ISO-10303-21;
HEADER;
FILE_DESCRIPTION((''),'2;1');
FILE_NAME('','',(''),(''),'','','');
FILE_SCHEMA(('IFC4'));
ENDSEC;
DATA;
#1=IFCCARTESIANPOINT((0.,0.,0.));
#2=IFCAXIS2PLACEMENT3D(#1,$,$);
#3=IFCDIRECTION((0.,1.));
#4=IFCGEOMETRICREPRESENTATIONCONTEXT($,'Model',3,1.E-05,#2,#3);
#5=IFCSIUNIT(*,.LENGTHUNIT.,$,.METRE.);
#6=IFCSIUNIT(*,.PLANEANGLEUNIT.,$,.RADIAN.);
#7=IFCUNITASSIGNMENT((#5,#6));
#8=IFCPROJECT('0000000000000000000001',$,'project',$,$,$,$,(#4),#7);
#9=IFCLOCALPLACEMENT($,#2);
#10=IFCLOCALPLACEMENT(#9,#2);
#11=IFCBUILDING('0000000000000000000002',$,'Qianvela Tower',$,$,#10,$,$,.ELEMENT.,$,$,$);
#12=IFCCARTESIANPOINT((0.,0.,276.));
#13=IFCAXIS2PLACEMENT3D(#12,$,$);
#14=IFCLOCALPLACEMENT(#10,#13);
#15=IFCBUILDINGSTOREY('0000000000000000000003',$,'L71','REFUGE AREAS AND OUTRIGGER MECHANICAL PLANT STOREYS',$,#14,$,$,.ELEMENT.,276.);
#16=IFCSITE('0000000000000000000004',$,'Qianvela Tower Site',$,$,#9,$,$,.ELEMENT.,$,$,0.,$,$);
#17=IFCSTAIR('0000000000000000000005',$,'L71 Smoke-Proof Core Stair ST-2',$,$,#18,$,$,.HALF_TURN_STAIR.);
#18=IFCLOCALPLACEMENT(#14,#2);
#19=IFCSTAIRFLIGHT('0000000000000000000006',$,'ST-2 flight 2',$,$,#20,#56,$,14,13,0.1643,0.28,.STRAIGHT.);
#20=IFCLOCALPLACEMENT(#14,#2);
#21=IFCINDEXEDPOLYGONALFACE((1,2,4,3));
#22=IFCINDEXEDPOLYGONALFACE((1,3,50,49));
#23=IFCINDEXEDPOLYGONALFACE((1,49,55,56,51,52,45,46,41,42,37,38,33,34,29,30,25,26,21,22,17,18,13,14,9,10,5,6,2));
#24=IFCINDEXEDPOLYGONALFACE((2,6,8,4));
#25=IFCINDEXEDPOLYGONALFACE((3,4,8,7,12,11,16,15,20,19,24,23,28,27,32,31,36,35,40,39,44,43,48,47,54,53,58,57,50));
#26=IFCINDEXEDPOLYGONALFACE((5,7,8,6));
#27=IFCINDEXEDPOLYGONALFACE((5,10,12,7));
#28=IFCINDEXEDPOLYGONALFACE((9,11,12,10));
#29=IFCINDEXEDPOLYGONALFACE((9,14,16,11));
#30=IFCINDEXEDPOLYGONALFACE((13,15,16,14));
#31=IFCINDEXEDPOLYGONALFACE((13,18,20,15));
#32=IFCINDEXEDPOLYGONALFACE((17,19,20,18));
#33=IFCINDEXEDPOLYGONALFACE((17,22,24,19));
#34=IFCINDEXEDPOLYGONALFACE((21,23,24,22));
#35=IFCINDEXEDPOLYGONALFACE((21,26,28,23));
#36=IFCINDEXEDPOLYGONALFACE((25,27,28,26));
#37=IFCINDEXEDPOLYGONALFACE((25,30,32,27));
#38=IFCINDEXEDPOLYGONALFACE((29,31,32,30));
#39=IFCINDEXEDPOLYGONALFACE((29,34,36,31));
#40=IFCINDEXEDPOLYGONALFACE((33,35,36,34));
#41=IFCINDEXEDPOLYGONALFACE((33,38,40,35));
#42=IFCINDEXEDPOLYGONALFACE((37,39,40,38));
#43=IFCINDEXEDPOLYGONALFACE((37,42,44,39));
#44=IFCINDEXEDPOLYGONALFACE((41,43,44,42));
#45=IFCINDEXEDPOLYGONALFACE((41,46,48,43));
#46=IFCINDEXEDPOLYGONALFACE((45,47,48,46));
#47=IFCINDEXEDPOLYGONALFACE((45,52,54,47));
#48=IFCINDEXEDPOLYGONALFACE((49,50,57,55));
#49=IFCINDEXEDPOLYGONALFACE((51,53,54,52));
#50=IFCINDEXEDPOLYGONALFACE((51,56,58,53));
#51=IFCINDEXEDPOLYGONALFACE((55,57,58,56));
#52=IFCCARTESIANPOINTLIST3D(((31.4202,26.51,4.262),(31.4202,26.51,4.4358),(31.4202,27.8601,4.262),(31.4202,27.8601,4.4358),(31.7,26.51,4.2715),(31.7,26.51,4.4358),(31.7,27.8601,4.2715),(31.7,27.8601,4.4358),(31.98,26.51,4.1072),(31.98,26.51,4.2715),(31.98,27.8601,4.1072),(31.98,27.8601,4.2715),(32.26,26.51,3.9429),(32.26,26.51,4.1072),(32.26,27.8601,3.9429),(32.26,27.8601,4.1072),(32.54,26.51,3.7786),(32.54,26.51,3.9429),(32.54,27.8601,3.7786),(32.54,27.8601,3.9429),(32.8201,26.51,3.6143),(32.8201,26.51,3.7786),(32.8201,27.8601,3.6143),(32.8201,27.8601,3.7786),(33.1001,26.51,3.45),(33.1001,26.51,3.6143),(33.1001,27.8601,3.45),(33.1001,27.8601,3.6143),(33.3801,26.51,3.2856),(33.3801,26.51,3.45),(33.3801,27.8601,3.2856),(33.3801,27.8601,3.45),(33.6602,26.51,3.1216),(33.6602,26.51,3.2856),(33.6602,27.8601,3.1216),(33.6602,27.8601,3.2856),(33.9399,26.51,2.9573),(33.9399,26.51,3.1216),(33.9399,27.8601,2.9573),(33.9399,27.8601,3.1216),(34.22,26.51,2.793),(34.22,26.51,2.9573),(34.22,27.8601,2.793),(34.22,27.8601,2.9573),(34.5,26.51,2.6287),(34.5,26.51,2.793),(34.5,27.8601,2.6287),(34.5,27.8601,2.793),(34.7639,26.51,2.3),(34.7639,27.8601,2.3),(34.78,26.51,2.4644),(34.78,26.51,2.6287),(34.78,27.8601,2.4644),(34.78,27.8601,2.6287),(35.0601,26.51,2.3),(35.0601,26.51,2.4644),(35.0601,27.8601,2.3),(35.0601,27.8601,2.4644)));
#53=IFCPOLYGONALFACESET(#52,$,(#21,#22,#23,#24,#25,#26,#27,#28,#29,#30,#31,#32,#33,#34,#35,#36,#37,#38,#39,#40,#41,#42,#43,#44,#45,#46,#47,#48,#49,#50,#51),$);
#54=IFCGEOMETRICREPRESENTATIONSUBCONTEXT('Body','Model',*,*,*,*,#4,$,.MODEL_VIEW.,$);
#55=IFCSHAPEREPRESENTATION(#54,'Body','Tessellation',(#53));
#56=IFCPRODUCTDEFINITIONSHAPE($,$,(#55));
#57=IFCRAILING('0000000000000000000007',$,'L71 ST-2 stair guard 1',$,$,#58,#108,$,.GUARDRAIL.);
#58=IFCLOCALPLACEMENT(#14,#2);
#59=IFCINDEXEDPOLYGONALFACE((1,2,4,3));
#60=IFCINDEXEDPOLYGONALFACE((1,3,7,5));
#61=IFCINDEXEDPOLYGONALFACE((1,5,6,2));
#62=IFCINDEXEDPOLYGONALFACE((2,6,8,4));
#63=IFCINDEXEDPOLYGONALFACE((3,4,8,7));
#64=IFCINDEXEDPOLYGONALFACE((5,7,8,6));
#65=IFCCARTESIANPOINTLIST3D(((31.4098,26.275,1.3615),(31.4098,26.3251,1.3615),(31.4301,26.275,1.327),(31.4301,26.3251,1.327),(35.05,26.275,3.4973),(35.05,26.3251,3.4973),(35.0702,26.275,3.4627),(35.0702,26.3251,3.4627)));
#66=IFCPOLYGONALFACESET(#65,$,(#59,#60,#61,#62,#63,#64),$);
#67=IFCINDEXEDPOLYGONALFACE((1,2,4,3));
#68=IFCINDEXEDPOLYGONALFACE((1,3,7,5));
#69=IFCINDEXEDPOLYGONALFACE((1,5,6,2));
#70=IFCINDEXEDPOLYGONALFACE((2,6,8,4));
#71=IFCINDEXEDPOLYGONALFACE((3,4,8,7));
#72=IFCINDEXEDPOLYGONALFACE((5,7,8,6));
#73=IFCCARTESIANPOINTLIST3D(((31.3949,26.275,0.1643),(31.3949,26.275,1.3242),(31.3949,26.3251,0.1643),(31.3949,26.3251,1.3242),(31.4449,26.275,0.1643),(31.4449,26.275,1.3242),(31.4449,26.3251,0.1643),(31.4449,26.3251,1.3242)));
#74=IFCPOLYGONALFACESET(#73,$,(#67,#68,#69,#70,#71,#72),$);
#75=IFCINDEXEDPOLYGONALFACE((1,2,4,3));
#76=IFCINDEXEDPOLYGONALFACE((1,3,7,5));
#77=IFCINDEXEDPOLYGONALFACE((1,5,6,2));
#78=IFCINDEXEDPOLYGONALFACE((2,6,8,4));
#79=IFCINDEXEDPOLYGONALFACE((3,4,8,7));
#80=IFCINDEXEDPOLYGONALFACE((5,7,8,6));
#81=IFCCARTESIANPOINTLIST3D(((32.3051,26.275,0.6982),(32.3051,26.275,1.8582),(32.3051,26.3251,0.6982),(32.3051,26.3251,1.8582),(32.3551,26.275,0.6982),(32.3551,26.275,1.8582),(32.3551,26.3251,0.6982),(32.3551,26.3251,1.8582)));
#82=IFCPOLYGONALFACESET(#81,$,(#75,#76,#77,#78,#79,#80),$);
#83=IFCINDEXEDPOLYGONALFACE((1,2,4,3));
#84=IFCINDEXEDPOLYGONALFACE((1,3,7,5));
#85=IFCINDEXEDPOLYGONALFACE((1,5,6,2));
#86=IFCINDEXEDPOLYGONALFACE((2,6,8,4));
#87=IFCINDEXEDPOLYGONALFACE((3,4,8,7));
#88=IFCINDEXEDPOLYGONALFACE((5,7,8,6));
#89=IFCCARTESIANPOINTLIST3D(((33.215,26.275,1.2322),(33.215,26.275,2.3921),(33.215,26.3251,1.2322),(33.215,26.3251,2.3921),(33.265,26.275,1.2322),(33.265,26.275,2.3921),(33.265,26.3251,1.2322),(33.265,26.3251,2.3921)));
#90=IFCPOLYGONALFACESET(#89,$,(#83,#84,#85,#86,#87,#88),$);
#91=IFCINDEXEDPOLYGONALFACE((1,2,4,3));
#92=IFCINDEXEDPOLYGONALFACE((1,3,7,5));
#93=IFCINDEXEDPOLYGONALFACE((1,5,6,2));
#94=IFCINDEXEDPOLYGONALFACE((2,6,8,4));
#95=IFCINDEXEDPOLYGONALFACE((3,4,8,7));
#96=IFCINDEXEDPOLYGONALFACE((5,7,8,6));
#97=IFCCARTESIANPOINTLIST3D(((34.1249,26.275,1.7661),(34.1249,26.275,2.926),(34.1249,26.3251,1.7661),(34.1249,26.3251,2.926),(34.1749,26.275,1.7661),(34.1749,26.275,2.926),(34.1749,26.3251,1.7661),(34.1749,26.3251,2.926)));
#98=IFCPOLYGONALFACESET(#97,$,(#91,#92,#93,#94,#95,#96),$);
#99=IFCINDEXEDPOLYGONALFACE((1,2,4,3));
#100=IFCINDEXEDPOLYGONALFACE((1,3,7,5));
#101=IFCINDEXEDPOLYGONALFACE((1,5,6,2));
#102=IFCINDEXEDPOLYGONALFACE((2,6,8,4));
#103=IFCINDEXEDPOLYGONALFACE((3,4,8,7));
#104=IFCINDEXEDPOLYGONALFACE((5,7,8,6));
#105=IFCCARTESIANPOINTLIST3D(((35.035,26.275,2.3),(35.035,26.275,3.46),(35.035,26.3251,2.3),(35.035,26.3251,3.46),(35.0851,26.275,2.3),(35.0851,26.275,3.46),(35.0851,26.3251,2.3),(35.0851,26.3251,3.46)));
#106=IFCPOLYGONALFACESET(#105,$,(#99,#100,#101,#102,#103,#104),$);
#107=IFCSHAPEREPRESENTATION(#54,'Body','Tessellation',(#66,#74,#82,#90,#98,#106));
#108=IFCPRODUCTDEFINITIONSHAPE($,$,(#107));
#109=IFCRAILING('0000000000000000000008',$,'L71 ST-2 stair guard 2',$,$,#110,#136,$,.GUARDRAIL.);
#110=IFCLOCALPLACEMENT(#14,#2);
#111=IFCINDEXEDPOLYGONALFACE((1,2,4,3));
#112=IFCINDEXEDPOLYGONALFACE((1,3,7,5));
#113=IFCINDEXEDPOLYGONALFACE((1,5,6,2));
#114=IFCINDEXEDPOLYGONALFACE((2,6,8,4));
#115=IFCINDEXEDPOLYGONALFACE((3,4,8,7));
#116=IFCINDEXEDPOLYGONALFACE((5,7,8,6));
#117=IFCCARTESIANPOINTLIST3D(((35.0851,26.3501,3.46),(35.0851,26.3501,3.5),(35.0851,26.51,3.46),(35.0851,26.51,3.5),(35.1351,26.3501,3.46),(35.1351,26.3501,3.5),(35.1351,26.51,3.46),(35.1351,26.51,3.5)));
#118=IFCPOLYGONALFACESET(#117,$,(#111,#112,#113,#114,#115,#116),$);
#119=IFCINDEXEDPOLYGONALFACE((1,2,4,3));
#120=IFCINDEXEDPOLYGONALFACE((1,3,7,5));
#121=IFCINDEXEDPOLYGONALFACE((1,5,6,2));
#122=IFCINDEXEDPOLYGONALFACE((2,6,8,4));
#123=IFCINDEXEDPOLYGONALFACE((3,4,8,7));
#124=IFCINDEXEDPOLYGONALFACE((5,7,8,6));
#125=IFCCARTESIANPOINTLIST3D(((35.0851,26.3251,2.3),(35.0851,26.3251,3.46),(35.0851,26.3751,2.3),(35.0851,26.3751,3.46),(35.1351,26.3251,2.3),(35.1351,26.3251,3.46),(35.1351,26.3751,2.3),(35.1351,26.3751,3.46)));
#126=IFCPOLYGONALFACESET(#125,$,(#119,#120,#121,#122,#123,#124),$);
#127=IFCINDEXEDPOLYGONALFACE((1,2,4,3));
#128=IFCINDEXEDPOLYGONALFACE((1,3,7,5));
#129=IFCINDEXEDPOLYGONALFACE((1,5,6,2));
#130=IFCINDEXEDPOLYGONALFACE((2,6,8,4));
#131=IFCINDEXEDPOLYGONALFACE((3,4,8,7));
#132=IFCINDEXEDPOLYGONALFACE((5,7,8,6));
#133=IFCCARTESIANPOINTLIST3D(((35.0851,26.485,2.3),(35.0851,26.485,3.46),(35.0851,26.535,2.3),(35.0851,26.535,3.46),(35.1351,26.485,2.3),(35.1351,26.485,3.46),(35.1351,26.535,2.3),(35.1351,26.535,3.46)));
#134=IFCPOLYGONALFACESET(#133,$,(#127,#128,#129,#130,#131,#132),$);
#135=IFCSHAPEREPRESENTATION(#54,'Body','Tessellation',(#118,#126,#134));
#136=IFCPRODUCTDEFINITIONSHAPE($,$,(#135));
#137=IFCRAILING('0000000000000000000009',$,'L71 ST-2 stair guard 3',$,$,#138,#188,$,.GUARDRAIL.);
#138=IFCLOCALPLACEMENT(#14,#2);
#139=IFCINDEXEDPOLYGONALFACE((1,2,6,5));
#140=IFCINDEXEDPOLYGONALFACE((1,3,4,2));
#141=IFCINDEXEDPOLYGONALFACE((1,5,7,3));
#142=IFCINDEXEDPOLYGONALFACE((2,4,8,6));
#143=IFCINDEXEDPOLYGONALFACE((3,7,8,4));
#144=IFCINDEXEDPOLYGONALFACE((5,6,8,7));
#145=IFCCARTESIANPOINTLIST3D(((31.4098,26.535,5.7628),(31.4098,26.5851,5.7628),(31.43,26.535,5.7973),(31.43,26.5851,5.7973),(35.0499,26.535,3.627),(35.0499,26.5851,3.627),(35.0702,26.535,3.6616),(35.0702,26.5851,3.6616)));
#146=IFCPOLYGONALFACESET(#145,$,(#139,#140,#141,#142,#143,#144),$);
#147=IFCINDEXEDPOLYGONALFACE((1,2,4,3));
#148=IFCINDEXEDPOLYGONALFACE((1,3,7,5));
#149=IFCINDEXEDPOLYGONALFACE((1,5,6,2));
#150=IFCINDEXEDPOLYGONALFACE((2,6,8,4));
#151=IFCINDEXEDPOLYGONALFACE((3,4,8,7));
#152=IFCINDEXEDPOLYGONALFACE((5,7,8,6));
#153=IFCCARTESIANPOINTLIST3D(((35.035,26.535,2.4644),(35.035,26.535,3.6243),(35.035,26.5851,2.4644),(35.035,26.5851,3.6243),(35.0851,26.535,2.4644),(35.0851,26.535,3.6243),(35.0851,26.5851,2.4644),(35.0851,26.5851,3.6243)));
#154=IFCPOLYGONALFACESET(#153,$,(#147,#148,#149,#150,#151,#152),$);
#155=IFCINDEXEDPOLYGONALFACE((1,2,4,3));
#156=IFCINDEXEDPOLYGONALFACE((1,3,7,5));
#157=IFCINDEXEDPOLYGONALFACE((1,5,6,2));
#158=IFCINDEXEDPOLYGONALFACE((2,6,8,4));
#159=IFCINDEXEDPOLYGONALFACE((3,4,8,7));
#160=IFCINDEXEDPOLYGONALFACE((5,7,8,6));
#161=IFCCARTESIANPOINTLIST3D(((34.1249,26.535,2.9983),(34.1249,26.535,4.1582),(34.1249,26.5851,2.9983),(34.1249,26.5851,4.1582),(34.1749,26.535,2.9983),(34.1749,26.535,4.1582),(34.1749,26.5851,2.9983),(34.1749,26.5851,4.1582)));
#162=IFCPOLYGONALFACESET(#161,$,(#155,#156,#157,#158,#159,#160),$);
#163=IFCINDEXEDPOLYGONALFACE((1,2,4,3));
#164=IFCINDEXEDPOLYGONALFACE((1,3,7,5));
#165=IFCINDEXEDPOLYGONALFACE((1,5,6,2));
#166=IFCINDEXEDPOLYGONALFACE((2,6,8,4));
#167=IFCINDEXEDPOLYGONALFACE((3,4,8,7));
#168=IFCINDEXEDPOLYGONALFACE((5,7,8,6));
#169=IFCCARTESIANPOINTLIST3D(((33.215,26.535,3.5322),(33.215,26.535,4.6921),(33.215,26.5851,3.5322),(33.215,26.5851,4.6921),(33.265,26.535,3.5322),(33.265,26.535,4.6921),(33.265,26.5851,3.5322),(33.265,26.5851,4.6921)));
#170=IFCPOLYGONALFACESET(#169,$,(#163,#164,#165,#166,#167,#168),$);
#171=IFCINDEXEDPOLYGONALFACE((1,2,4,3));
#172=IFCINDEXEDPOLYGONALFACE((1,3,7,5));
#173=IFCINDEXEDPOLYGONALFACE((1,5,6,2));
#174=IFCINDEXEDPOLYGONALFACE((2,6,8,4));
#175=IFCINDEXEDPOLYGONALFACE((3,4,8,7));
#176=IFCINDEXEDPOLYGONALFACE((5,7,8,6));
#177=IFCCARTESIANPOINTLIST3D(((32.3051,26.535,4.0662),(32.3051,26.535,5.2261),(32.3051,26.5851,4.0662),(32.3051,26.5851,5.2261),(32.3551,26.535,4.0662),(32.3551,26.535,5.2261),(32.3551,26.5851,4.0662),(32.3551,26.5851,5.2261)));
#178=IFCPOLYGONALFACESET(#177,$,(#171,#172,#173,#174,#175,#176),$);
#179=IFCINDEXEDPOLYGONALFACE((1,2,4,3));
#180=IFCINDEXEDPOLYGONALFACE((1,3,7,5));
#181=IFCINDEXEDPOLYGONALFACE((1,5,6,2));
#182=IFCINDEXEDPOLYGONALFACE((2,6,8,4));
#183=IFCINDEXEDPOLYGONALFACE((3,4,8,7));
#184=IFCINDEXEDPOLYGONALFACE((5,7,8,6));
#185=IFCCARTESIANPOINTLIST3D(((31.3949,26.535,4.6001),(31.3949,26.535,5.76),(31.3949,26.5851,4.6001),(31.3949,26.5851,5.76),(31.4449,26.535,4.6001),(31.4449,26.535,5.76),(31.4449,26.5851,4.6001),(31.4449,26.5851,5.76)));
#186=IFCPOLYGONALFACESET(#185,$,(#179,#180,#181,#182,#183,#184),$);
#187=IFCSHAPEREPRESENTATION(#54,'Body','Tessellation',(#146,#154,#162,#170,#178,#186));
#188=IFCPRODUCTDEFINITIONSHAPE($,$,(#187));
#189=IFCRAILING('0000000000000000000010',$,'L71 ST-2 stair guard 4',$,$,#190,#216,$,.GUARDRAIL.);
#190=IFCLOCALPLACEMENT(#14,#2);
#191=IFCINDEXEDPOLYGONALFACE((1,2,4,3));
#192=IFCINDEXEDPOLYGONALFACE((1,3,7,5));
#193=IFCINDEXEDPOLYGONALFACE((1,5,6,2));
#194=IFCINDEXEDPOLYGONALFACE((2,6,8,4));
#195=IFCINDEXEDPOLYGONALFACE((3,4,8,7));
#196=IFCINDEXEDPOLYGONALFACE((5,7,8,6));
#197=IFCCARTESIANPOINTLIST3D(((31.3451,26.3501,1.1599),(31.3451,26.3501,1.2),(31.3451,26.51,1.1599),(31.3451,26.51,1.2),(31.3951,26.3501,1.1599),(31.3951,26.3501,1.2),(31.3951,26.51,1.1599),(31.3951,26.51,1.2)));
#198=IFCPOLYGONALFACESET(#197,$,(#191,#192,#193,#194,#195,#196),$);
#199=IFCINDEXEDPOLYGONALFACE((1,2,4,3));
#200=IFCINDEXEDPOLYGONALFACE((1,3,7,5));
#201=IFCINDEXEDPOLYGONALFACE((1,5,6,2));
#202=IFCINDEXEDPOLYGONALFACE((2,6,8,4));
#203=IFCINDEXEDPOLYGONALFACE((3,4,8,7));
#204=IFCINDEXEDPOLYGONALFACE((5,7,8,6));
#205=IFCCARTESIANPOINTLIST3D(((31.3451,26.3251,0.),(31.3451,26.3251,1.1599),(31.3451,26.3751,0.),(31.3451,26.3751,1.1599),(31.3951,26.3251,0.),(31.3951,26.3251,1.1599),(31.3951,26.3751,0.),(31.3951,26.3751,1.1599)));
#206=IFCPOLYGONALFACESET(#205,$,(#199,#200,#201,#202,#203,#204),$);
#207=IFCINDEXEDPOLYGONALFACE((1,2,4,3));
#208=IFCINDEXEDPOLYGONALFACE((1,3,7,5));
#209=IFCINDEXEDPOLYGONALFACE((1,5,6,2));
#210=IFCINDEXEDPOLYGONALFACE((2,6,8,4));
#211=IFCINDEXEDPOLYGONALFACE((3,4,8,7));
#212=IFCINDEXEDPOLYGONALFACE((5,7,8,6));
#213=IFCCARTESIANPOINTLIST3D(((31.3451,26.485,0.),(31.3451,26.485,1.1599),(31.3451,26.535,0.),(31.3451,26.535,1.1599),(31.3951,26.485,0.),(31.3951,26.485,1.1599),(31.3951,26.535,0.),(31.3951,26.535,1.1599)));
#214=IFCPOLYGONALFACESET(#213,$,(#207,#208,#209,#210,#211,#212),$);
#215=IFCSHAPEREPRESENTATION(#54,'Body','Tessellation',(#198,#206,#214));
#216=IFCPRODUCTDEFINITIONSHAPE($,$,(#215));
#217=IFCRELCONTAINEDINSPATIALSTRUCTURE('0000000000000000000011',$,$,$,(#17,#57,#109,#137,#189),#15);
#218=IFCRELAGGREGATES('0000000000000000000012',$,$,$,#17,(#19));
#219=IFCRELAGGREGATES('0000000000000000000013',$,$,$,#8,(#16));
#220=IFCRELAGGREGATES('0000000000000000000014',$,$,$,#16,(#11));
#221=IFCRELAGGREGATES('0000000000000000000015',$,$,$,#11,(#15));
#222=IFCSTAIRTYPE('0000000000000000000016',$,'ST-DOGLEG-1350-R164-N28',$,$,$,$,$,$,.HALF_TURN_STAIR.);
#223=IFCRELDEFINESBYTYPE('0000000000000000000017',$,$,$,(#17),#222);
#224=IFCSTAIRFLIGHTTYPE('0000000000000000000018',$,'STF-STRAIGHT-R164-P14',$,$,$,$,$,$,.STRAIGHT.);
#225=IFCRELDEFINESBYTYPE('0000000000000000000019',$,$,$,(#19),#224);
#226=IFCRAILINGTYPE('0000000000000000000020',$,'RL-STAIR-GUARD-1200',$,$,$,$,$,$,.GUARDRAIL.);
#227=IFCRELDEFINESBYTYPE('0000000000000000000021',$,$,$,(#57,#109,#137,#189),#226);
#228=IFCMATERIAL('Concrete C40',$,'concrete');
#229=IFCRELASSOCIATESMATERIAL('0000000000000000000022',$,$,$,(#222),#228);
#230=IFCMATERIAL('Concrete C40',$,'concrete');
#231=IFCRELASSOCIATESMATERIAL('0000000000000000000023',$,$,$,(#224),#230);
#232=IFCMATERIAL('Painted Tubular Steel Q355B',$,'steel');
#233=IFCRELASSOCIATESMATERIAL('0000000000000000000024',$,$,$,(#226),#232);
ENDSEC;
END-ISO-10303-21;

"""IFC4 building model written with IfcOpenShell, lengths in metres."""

from ifc_helpers import new_model, si_unit, direction, frame, origin, origin_2d, place, context, subcontext, project, spatial, polyline, rectangle, outline, extrude, material, type_object, element, aggregate, save


model = new_model("IFC4")

# Units and contexts
model_context = context("Model", 3, precision=1e-05, world=origin(), true_north=direction((0.0, 1.0)))
body_context = subcontext(model_context, "Body", "Model", "MODEL_VIEW")
ifc_project = project(units=[si_unit("LENGTHUNIT", "METRE"), si_unit("PLANEANGLEUNIT", "RADIAN")], contexts=[model_context])

# Site, building, storey
site_placement = place(None, origin())
site = spatial("IfcSite", under=ifc_project, at=site_placement, Name="Qianvela Tower Site", CompositionType="ELEMENT", RefElevation=0.0)
building_placement = place(site_placement, origin())
building = spatial("IfcBuilding", under=site, at=building_placement, Name="Qianvela Tower", CompositionType="ELEMENT")
storey_placement = place(building_placement, frame((0.0, 0.0, 276.0)))
storey = spatial("IfcBuildingStorey", under=building, at=storey_placement, Name="L71", Description="REFUGE AREAS AND OUTRIGGER MECHANICAL PLANT STOREYS", CompositionType="ELEMENT", Elevation=276.0)

# Shared definitions
ifc_material_1 = material(Name="Concrete C40", Category="concrete")
stair_type = type_object("IfcStairType", Name="ST-DOGLEG-1350-R164-N28", PredefinedType="HALF_TURN_STAIR", material=ifc_material_1)
ifc_material_2 = material(Name="Concrete C40", Category="concrete")
stair_flight_type = type_object("IfcStairFlightType", Name="STF-STRAIGHT-R164-P14", PredefinedType="STRAIGHT", material=ifc_material_2)

# Stair, stair flight
stair_1_placement = place(storey_placement, origin())
stair_1 = element("IfcStair", 1, at=stair_1_placement, inside=storey, type_object=stair_type, Name="L71 Smoke-Proof Core Stair ST-2", PredefinedType="HALF_TURN_STAIR")
stair_flight_1_placement = place(storey_placement, frame((35.0601, 27.1851, 2.3), z_axis=(0.0, 0.0, 1.0), x_axis=(-1.0, 0.0, 0.0)))
stair_flight_1 = element("IfcStairFlight", 2, at=stair_flight_1_placement, type_object=stair_flight_type, Name="ST-2 flight 2", NumberOfRisers=14, NumberOfTreads=13, PredefinedType="STRAIGHT", RiserHeight=0.1643, TreadLength=0.28, context=body_context, shape_type="SweptSolid", body=[
    extrude(outline(polyline([(0.0, 0.0), (0.0, 0.1643), (0.28, 0.1643), (0.28, 0.3286), (0.5601, 0.3286), (0.5601, 0.4929), (0.8401, 0.4929), (0.8401, 0.6572), (1.1201, 0.6572), (1.1201, 0.8215), (1.3999, 0.8215), (1.3999, 0.9856), (1.6799, 0.9856), (1.6799, 1.1499), (1.96, 1.1499), (1.96, 1.3142), (2.24, 1.3142), (2.24, 1.4785), (2.52, 1.4785), (2.52, 1.6428), (2.8, 1.6428), (2.8, 1.8071), (3.0801, 1.8071), (3.0801, 1.9714), (3.3601, 1.9714), (3.3601, 2.1357), (3.6399, 2.1357), (3.6399, 2.3), (3.6399, 1.9619), (0.2961, 0.0), (0.0, 0.0)])), frame((0.0, 0.675, 0.0), z_axis=(0.0, -1.0, 0.0), x_axis=(1.0, 0.0, 0.0)), (0.0, 0.0, 1.0), 1.3501),
])
aggregate(stair_1, [stair_flight_1])

# Railings
ifc_material_3 = material(Name="Painted Tubular Steel Q355B", Category="steel")
railing_type_1 = type_object("IfcRailingType", Name="RL-STAIR-GUARD-1200", PredefinedType="GUARDRAIL", material=ifc_material_3)
railing_1_placement = place(storey_placement, frame((31.4199, 26.3, 0.1643)))
element("IfcRailing", 3, at=railing_1_placement, inside=storey, type_object=railing_type_1, Name="L71 ST-2 stair guard 1", PredefinedType="GUARDRAIL", context=body_context, shape_type="SweptSolid", body=[
    extrude(rectangle(XDim=0.05, YDim=0.04, at=origin_2d()), frame((0.0, 0.0, 1.1799), z_axis=(0.862505, 0.0, 0.506049), x_axis=(0.0, 1.0, 0.0)), (0.0, 0.0, 1.0), 4.2205),
    extrude(rectangle(XDim=0.05, YDim=0.05, at=origin_2d()), origin(), (0.0, 0.0, 1.0), 1.1599),
    extrude(rectangle(XDim=0.05, YDim=0.05, at=origin_2d()), frame((0.9102, 0.0, 0.5339)), (0.0, 0.0, 1.0), 1.1599),
    extrude(rectangle(XDim=0.05, YDim=0.05, at=origin_2d()), frame((1.8201, 0.0, 1.0679)), (0.0, 0.0, 1.0), 1.1599),
    extrude(rectangle(XDim=0.05, YDim=0.05, at=origin_2d()), frame((2.73, 0.0, 1.6018)), (0.0, 0.0, 1.0), 1.1599),
    extrude(rectangle(XDim=0.05, YDim=0.05, at=origin_2d()), frame((3.6401, 0.0, 2.1357)), (0.0, 0.0, 1.0), 1.1599),
])
railing_2_placement = place(storey_placement, frame((35.1101, 26.3501, 2.3)))
element("IfcRailing", 4, at=railing_2_placement, inside=storey, type_object=railing_type_1, Name="L71 ST-2 stair guard 2", PredefinedType="GUARDRAIL", context=body_context, shape_type="SweptSolid", body=[
    extrude(rectangle(XDim=0.05, YDim=0.04, at=origin_2d()), frame((0.0, 0.0, 1.1799), z_axis=(0.0, 1.0, 0.0), x_axis=(-1.0, 0.0, 0.0)), (0.0, 0.0, 1.0), 0.1599),
    extrude(rectangle(XDim=0.05, YDim=0.05, at=origin_2d()), origin(), (0.0, 0.0, 1.0), 1.1599),
    extrude(rectangle(XDim=0.05, YDim=0.05, at=origin_2d()), frame((0.0, 0.1599, 0.0)), (0.0, 0.0, 1.0), 1.1599),
])
railing_3_placement = place(storey_placement, frame((35.0601, 26.5601, 2.4644)))
element("IfcRailing", 5, at=railing_3_placement, inside=storey, type_object=railing_type_1, Name="L71 ST-2 stair guard 3", PredefinedType="GUARDRAIL", context=body_context, shape_type="SweptSolid", body=[
    extrude(rectangle(XDim=0.05, YDim=0.04, at=origin_2d()), frame((0.0, 0.0, 1.1799), z_axis=(-0.862505, 0.0, 0.506049), x_axis=(0.0, -1.0, 0.0)), (0.0, 0.0, 1.0), 4.2205),
    extrude(rectangle(XDim=0.05, YDim=0.05, at=origin_2d()), origin(), (0.0, 0.0, 1.0), 1.1599),
    extrude(rectangle(XDim=0.05, YDim=0.05, at=origin_2d()), frame((-0.9102, 0.0, 0.5339)), (0.0, 0.0, 1.0), 1.1599),
    extrude(rectangle(XDim=0.05, YDim=0.05, at=origin_2d()), frame((-1.8201, 0.0, 1.0679)), (0.0, 0.0, 1.0), 1.1599),
    extrude(rectangle(XDim=0.05, YDim=0.05, at=origin_2d()), frame((-2.73, 0.0, 1.6018)), (0.0, 0.0, 1.0), 1.1599),
    extrude(rectangle(XDim=0.05, YDim=0.05, at=origin_2d()), frame((-3.6401, 0.0, 2.1357)), (0.0, 0.0, 1.0), 1.1599),
])
railing_4_placement = place(storey_placement, frame((31.3701, 26.3501, 0.0)))
element("IfcRailing", 6, at=railing_4_placement, inside=storey, type_object=railing_type_1, Name="L71 ST-2 stair guard 4", PredefinedType="GUARDRAIL", context=body_context, shape_type="SweptSolid", body=[
    extrude(rectangle(XDim=0.05, YDim=0.04, at=origin_2d()), frame((0.0, 0.0, 1.1799), z_axis=(0.0, 1.0, 0.0), x_axis=(-1.0, 0.0, 0.0)), (0.0, 0.0, 1.0), 0.1599),
    extrude(rectangle(XDim=0.05, YDim=0.05, at=origin_2d()), origin(), (0.0, 0.0, 1.0), 1.1599),
    extrude(rectangle(XDim=0.05, YDim=0.05, at=origin_2d()), frame((0.0, 0.1599, 0.0)), (0.0, 0.0, 1.0), 1.1599),
])

save(model, "model.ifc")
